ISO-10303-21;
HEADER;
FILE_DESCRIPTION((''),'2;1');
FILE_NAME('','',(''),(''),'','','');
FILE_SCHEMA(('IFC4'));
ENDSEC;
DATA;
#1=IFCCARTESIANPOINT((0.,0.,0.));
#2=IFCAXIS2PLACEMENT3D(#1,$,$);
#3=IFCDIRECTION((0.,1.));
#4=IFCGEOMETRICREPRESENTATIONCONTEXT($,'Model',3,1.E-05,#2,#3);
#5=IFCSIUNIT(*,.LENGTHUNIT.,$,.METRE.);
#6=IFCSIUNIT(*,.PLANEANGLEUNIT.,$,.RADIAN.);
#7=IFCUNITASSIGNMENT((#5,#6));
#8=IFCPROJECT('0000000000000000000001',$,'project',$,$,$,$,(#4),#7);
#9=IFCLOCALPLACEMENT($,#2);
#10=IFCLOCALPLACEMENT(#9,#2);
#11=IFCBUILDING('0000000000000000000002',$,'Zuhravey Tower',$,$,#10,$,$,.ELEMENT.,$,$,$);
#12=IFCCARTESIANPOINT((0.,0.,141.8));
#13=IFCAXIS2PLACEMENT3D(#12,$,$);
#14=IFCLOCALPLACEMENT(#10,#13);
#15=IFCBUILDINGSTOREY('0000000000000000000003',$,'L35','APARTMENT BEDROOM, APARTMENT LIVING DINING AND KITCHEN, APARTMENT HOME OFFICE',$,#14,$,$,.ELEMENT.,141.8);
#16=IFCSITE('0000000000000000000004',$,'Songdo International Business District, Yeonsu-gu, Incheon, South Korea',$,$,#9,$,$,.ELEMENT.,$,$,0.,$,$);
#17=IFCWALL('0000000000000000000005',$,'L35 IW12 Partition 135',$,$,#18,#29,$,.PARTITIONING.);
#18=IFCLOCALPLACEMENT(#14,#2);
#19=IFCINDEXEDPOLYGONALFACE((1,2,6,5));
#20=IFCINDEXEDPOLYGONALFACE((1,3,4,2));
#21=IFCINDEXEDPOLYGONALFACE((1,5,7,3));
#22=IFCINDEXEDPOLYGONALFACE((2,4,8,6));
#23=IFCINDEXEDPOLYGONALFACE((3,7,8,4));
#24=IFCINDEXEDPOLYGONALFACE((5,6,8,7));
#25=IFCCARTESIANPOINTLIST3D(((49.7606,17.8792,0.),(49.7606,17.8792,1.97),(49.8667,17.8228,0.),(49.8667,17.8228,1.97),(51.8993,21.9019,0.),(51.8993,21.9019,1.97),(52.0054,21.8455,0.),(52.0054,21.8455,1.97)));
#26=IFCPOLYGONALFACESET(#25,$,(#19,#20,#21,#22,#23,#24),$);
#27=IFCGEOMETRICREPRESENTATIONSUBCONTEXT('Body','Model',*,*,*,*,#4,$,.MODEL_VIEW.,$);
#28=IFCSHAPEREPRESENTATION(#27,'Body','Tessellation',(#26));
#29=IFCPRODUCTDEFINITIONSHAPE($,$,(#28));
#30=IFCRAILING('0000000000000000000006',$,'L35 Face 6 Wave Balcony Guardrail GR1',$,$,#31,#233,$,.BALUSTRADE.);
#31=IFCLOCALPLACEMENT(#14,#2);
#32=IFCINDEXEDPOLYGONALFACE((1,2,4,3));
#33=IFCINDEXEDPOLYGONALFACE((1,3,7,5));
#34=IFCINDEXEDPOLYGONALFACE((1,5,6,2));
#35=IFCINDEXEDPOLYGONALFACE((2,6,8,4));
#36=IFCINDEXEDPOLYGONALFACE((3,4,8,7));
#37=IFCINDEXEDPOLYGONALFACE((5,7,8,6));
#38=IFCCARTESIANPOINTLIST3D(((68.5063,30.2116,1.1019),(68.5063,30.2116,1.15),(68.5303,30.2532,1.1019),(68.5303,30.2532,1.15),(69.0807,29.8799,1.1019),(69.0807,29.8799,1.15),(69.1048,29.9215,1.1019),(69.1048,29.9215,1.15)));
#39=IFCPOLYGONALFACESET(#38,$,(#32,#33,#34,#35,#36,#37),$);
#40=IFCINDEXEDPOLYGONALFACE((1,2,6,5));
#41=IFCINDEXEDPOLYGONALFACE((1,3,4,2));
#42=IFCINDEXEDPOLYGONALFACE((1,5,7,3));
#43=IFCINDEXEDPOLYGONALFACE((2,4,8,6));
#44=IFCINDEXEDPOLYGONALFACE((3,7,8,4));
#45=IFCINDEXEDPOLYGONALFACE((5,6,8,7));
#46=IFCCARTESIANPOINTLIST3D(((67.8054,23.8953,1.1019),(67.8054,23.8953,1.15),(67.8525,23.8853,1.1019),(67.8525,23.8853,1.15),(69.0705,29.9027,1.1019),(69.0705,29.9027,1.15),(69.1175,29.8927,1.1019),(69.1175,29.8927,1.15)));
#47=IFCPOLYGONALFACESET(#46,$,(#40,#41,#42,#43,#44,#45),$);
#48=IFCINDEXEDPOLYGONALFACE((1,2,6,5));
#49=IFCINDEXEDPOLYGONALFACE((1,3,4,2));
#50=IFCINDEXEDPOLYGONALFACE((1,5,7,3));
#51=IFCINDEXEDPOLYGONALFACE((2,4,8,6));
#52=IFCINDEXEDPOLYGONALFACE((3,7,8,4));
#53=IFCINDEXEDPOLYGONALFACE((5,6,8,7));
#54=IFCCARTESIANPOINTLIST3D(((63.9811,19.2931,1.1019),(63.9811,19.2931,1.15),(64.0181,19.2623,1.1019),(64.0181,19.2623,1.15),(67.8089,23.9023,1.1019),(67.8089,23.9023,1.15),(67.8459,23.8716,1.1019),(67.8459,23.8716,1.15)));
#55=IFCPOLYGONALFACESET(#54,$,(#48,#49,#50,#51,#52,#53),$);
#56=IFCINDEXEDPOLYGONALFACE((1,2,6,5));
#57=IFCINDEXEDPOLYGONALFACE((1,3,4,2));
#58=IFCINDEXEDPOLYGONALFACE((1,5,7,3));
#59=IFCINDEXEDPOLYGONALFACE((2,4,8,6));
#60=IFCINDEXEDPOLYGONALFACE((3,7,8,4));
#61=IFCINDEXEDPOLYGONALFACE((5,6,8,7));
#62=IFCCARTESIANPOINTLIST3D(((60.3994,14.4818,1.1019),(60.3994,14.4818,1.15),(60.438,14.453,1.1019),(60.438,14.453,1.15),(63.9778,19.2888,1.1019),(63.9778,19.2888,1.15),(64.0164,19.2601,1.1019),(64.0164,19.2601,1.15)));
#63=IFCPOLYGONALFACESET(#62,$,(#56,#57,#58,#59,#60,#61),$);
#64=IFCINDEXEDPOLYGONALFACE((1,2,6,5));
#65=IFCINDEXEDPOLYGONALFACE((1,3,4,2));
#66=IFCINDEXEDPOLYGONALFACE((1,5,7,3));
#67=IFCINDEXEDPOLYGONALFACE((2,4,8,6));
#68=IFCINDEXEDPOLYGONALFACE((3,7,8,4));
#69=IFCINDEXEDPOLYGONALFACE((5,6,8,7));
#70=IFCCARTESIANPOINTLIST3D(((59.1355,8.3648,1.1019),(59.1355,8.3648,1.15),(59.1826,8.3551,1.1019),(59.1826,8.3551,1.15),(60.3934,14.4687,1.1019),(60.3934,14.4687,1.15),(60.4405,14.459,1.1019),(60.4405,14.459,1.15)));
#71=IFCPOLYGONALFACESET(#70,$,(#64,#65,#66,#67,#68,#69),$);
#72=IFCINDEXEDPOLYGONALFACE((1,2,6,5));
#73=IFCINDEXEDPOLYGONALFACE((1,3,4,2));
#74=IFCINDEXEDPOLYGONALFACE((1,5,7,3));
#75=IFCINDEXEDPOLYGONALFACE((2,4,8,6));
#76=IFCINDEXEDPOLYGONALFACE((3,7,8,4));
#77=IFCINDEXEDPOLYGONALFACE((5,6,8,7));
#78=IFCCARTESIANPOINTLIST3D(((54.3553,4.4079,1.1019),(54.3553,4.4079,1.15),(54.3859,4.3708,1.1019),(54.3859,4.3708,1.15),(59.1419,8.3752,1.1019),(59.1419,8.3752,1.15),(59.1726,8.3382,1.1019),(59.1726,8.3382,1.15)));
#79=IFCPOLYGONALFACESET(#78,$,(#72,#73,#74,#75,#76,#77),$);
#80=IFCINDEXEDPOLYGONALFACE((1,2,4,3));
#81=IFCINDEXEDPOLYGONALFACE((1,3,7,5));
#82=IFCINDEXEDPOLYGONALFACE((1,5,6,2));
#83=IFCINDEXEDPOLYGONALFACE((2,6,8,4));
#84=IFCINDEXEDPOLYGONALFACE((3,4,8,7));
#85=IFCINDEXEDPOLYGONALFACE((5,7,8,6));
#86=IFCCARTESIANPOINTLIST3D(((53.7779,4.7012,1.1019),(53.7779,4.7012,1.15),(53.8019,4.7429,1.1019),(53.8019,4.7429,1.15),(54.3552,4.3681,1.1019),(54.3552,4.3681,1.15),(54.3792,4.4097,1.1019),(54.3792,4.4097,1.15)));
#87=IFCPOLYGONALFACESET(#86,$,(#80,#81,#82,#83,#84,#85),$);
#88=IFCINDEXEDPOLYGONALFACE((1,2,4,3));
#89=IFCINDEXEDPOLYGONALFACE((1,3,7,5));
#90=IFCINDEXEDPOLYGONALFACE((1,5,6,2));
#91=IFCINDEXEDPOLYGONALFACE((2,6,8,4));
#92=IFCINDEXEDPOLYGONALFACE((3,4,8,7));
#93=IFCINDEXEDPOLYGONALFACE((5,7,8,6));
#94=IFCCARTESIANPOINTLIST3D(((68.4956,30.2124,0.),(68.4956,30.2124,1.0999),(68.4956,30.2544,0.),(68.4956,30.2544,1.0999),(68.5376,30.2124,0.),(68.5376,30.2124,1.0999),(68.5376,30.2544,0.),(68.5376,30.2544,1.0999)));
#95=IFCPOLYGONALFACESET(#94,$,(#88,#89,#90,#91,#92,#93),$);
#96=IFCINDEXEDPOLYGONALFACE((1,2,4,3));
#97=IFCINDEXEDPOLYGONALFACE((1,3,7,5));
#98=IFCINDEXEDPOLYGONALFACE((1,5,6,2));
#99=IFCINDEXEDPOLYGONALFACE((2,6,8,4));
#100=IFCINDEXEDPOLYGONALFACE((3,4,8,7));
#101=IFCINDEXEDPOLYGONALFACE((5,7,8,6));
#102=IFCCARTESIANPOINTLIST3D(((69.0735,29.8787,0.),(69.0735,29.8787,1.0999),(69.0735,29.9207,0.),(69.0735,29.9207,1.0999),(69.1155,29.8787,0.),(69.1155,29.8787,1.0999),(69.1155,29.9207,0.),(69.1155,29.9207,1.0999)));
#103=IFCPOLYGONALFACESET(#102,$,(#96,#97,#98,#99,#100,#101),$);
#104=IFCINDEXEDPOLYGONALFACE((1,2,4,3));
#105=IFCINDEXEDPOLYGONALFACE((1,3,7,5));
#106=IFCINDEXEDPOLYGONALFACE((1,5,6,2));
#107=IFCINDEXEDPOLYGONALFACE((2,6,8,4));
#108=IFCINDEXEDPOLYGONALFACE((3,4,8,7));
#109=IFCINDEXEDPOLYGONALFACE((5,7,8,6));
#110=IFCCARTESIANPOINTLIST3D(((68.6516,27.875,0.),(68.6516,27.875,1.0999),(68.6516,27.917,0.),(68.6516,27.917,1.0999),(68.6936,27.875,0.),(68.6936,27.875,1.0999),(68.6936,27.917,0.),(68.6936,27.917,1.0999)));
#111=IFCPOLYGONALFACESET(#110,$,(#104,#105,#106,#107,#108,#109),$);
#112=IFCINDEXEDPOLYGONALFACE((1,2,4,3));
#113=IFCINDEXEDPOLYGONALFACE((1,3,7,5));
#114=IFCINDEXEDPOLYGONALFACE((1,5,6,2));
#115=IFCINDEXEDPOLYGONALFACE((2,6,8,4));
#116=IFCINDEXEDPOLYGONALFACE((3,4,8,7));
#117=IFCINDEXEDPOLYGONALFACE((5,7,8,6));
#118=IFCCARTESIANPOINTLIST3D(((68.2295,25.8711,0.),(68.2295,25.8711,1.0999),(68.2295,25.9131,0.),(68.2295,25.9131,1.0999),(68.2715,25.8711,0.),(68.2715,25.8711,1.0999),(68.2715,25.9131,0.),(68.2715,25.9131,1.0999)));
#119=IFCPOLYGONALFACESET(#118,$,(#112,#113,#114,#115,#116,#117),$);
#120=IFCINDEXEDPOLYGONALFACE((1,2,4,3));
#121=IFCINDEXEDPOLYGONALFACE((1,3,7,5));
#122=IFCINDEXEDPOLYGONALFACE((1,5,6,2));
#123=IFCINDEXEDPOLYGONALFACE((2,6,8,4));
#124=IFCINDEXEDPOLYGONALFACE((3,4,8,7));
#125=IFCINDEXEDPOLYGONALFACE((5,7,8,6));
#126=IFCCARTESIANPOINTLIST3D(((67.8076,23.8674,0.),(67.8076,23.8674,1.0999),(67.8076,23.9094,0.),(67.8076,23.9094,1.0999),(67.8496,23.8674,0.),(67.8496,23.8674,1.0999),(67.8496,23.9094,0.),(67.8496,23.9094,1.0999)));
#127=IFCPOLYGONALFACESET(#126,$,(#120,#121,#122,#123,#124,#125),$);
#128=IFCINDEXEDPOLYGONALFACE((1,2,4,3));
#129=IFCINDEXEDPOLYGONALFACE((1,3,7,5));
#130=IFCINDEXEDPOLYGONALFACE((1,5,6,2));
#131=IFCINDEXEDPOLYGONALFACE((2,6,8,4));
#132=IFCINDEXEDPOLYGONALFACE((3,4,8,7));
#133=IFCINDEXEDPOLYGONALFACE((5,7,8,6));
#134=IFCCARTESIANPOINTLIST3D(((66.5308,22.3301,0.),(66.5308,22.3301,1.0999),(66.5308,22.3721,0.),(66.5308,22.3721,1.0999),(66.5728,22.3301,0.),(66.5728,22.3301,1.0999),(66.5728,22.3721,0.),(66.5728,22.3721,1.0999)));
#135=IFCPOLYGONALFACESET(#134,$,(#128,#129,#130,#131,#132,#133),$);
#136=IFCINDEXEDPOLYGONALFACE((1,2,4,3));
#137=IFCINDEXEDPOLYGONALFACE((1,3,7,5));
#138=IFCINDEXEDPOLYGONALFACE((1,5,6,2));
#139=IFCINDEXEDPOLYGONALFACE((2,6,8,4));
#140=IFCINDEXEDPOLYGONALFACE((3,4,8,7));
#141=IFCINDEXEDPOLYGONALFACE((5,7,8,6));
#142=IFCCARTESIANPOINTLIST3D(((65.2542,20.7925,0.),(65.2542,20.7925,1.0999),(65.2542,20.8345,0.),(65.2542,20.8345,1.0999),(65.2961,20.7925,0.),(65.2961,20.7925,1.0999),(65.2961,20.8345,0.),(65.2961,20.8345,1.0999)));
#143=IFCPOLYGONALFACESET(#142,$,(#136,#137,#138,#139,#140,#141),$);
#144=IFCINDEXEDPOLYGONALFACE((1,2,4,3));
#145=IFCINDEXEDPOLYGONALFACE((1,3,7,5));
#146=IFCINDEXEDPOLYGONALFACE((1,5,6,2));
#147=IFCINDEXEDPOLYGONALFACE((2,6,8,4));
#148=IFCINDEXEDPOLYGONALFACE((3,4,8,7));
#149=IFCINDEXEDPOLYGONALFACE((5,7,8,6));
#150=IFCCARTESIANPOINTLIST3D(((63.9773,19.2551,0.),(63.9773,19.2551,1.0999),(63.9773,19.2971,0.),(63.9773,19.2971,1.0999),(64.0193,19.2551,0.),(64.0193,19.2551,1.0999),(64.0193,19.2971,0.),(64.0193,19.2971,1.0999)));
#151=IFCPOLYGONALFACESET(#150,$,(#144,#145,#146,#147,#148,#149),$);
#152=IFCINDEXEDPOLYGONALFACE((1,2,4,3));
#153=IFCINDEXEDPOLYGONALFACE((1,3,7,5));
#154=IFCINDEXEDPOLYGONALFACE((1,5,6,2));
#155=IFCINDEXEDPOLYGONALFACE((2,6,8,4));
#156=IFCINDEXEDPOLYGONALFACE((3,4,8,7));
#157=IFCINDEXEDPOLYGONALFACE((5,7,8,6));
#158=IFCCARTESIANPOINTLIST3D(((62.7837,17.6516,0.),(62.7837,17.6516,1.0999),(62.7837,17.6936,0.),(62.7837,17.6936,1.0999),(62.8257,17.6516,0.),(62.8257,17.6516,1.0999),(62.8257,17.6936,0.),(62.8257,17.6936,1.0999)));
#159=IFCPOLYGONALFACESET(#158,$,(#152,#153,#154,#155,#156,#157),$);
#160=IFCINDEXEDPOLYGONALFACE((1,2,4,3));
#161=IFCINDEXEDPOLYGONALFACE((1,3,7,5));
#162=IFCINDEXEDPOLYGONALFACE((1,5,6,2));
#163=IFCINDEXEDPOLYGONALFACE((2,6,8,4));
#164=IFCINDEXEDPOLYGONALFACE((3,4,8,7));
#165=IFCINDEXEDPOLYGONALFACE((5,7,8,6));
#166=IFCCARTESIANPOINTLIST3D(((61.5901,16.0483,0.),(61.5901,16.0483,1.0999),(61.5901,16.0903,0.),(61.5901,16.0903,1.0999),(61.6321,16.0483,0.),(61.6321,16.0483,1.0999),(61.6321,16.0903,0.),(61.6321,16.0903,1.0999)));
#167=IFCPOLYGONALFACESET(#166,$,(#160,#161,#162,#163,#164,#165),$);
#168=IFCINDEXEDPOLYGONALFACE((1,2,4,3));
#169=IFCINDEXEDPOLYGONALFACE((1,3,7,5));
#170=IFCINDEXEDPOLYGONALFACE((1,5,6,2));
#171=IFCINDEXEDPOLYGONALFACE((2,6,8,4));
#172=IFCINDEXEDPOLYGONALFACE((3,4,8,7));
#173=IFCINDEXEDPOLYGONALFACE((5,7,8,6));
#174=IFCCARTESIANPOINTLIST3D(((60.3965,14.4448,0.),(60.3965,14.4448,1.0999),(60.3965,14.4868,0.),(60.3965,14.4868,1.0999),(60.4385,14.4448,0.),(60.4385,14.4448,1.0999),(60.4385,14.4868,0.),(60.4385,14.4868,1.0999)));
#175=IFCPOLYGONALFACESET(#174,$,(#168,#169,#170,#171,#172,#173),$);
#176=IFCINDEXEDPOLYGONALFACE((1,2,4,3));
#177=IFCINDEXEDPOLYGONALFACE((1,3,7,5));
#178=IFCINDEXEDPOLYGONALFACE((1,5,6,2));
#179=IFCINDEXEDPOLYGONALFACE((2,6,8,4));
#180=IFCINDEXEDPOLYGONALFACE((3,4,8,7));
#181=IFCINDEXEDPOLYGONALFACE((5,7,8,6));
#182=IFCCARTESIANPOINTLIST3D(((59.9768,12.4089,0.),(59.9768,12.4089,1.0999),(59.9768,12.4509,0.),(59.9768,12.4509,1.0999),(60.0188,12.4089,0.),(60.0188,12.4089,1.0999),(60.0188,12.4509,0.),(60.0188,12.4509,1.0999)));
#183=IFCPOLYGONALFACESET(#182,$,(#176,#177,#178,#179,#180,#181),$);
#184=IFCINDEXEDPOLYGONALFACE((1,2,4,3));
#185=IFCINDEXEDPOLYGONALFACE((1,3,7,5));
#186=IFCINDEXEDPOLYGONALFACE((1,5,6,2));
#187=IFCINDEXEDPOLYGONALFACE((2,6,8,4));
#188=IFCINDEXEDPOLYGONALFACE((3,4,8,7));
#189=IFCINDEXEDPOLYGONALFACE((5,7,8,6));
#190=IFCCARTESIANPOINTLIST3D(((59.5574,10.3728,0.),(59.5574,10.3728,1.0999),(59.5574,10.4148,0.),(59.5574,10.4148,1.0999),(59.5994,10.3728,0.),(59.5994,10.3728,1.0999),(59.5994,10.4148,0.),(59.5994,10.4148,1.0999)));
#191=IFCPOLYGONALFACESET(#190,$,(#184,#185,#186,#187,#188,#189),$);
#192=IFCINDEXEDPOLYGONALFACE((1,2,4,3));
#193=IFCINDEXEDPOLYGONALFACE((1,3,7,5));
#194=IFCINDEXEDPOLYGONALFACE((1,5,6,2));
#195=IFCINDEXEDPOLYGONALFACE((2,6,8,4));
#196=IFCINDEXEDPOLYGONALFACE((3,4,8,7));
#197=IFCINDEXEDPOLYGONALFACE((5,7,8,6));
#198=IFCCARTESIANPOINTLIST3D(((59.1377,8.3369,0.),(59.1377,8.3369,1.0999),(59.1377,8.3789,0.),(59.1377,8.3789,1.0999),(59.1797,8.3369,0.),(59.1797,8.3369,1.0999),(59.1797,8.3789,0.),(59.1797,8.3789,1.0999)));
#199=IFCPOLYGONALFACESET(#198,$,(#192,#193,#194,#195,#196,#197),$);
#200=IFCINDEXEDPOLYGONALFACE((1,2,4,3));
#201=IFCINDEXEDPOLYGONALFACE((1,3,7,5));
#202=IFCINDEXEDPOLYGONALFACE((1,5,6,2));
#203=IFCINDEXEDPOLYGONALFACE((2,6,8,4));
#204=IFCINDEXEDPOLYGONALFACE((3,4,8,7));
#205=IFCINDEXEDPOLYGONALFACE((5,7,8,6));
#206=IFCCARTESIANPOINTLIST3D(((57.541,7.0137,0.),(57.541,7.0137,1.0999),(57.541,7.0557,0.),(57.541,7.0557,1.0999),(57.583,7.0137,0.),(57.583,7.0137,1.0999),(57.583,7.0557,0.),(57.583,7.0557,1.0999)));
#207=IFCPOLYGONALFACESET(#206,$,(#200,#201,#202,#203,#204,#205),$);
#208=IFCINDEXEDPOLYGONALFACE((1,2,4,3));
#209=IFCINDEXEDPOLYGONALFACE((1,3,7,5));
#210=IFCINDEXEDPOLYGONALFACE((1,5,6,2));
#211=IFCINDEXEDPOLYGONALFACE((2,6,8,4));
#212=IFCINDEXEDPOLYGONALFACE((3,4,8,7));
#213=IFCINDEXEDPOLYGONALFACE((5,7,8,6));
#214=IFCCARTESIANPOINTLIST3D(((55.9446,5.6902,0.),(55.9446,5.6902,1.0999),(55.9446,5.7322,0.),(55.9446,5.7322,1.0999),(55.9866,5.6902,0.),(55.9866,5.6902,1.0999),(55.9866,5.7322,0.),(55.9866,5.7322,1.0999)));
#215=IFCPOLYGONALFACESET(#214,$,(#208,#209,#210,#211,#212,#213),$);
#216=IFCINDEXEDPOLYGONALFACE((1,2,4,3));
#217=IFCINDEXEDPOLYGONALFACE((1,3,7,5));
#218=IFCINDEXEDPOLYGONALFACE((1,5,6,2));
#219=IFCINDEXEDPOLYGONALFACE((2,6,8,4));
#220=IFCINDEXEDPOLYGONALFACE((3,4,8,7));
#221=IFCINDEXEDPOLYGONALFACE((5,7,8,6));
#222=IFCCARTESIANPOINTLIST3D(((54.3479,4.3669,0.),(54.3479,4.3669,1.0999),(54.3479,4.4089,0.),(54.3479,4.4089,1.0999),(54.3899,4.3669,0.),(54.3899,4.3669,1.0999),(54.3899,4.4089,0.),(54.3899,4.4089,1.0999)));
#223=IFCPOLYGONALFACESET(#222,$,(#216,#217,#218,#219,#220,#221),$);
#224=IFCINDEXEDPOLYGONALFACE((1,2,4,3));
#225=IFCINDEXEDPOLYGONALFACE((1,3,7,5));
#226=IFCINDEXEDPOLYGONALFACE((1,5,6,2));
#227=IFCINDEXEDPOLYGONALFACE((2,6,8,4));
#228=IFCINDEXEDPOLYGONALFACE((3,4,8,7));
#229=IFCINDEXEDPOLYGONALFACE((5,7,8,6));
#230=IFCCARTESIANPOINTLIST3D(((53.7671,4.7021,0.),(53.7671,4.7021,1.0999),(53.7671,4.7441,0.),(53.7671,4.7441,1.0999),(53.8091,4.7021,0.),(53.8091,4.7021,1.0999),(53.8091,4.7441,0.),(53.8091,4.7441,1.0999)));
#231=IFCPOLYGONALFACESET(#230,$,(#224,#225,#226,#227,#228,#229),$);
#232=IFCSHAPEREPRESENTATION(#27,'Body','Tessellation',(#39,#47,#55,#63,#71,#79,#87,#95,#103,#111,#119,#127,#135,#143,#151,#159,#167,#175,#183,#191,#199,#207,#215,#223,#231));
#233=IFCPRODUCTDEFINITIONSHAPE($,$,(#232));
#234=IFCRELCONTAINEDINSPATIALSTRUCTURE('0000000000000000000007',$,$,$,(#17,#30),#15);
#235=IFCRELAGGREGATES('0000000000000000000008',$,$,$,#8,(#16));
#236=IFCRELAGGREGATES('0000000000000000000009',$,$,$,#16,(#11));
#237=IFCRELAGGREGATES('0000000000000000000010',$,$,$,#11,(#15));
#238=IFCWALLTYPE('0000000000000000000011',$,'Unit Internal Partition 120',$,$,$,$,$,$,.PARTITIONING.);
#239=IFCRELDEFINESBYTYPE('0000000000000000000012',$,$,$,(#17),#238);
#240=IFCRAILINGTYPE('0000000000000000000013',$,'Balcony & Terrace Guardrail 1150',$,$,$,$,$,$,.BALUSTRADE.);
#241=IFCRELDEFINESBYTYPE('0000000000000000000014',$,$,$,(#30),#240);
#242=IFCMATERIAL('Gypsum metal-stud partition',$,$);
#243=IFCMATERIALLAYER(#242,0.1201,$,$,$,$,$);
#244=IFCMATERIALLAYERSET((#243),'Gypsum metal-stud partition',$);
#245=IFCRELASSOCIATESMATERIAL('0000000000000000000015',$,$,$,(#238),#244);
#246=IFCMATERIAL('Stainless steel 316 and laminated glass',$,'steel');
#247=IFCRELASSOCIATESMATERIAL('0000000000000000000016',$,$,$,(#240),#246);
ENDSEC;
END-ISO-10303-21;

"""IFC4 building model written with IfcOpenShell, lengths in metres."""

from ifc_helpers import new_model, si_unit, direction, frame, frame_2d, origin, origin_2d, place, context, subcontext, project, spatial, rectangle, extrude, material, layer, layer_set, type_object, element, save


model = new_model("IFC4")

# Units and contexts
model_context = context("Model", 3, precision=1e-05, world=origin(), true_north=direction((0.0, 1.0)))
body_context = subcontext(model_context, "Body", "Model", "MODEL_VIEW")
ifc_project = project(units=[si_unit("LENGTHUNIT", "METRE"), si_unit("PLANEANGLEUNIT", "RADIAN")], contexts=[model_context])

# Site, building, storey
site_placement = place(None, origin())
site = spatial("IfcSite", under=ifc_project, at=site_placement, Name="Songdo International Business District, Yeonsu-gu, Incheon, South Korea", CompositionType="ELEMENT", RefElevation=0.0)
building_placement = place(site_placement, origin())
building = spatial("IfcBuilding", under=site, at=building_placement, Name="Zuhravey Tower", CompositionType="ELEMENT")
storey_placement = place(building_placement, frame((0.0, 0.0, 141.8)))
storey = spatial("IfcBuildingStorey", under=building, at=storey_placement, Name="L35", Description="APARTMENT BEDROOM, APARTMENT LIVING DINING AND KITCHEN, APARTMENT HOME OFFICE", CompositionType="ELEMENT", Elevation=141.8)

# Shared definitions
ifc_material_1 = material(Name="Gypsum metal-stud partition")
ifc_layer_1 = layer(ifc_material_1, 0.1201)
ifc_layer_set_1 = layer_set([ifc_layer_1], Name="Gypsum metal-stud partition")
wall_type_1 = type_object("IfcWallType", Name="Unit Internal Partition 120", PredefinedType="PARTITIONING", material=ifc_layer_set_1)

# Wall
wall_1_placement = place(storey_placement, frame((49.8137, 17.8511, 0.0), z_axis=(0.0, 0.0, 1.0), x_axis=(0.469431, 0.882969, 0.0)))
element("IfcWall", 1, at=wall_1_placement, inside=storey, type_object=wall_type_1, Name="L35 IW12 Partition 135", PredefinedType="PARTITIONING", context=body_context, shape_type="SweptSolid", body=[
    extrude(rectangle(XDim=4.5559, YDim=0.1201, at=frame_2d((2.2778, 0.0))), origin(), (0.0, 0.0, 1.0), 1.97),
])

# Railing
ifc_material_2 = material(Name="Stainless steel 316 and laminated glass", Category="steel")
railing_type = type_object("IfcRailingType", Name="Balcony & Terrace Guardrail 1150", PredefinedType="BALUSTRADE", material=ifc_material_2)
railing_placement = place(storey_placement, frame((68.5166, 30.2334, 0.0)))
element("IfcRailing", 2, at=railing_placement, inside=storey, type_object=railing_type, Name="L35 Face 6 Wave Balcony Guardrail GR1", PredefinedType="BALUSTRADE", context=body_context, shape_type="SweptSolid", body=[
    extrude(rectangle(XDim=0.0481, YDim=0.0481, at=origin_2d()), frame((0.0017, -0.001, 1.126), z_axis=(0.86596, -0.500113, 0.0), x_axis=(0.500113, 0.86596, 0.0)), (0.0, 0.0, 1.0), 0.6633),
    extrude(rectangle(XDim=0.0481, YDim=0.0481, at=origin_2d()), frame((0.5774, -0.3357, 1.126), z_axis=(-0.206065, -0.978538, 0.0), x_axis=(0.978538, -0.206065, 0.0)), (0.0, 0.0, 1.0), 6.1392),
    extrude(rectangle(XDim=0.0481, YDim=0.0481, at=origin_2d()), frame((-0.6892, -6.3464, 1.126), z_axis=(-0.638878, -0.769308, 0.0), x_axis=(0.769308, -0.638878, 0.0)), (0.0, 0.0, 1.0), 5.9915),
    extrude(rectangle(XDim=0.0481, YDim=0.0481, at=origin_2d()), frame((-4.5195, -10.959, 1.126), z_axis=(-0.597123, -0.802149, 0.0), x_axis=(0.802149, -0.597123, 0.0)), (0.0, 0.0, 1.0), 5.9927),
    extrude(rectangle(XDim=0.0481, YDim=0.0481, at=origin_2d()), frame((-8.0996, -15.7695, 1.126), z_axis=(-0.20185, -0.979417, 0.0), x_axis=(0.979417, -0.20185, 0.0)), (0.0, 0.0, 1.0), 6.2322),
    extrude(rectangle(XDim=0.0481, YDim=0.0481, at=origin_2d()), frame((-9.3594, -21.8767, 1.126), z_axis=(-0.76992, -0.63814, 0.0), x_axis=(0.63814, -0.76992, 0.0)), (0.0, 0.0, 1.0), 6.217),
    extrude(rectangle(XDim=0.0481, YDim=0.0481, at=origin_2d()), frame((-14.1494, -25.8445, 1.126), z_axis=(-0.866107, 0.499859, 0.0), x_axis=(-0.499859, -0.866107, 0.0)), (0.0, 0.0, 1.0), 0.6665),
    extrude(rectangle(XDim=0.042, YDim=0.042, at=origin_2d()), origin(), (0.0, 0.0, 1.0), 1.0999),
    extrude(rectangle(XDim=0.042, YDim=0.042, at=origin_2d()), frame((0.5779, -0.3337, 0.0)), (0.0, 0.0, 1.0), 1.0999),
    extrude(rectangle(XDim=0.042, YDim=0.042, at=origin_2d()), frame((0.156, -2.3374, 0.0)), (0.0, 0.0, 1.0), 1.0999),
    extrude(rectangle(XDim=0.042, YDim=0.042, at=origin_2d()), frame((-0.2661, -4.3413, 0.0)), (0.0, 0.0, 1.0), 1.0999),
    extrude(rectangle(XDim=0.042, YDim=0.042, at=origin_2d()), frame((-0.688, -6.345, 0.0)), (0.0, 0.0, 1.0), 1.0999),
    extrude(rectangle(XDim=0.042, YDim=0.042, at=origin_2d()), frame((-1.9648, -7.8823, 0.0)), (0.0, 0.0, 1.0), 1.0999),
    extrude(rectangle(XDim=0.042, YDim=0.042, at=origin_2d()), frame((-3.2415, -9.4199, 0.0)), (0.0, 0.0, 1.0), 1.0999),
    extrude(rectangle(XDim=0.042, YDim=0.042, at=origin_2d()), frame((-4.5183, -10.9573, 0.0)), (0.0, 0.0, 1.0), 1.0999),
    extrude(rectangle(XDim=0.042, YDim=0.042, at=origin_2d()), frame((-5.7119, -12.5608, 0.0)), (0.0, 0.0, 1.0), 1.0999),
    extrude(rectangle(XDim=0.042, YDim=0.042, at=origin_2d()), frame((-6.9055, -14.1641, 0.0)), (0.0, 0.0, 1.0), 1.0999),
    extrude(rectangle(XDim=0.042, YDim=0.042, at=origin_2d()), frame((-8.0991, -15.7676, 0.0)), (0.0, 0.0, 1.0), 1.0999),
    extrude(rectangle(XDim=0.042, YDim=0.042, at=origin_2d()), frame((-8.5188, -17.8035, 0.0)), (0.0, 0.0, 1.0), 1.0999),
    extrude(rectangle(XDim=0.042, YDim=0.042, at=origin_2d()), frame((-8.9382, -19.8396, 0.0)), (0.0, 0.0, 1.0), 1.0999),
    extrude(rectangle(XDim=0.042, YDim=0.042, at=origin_2d()), frame((-9.3579, -21.8755, 0.0)), (0.0, 0.0, 1.0), 1.0999),
    extrude(rectangle(XDim=0.042, YDim=0.042, at=origin_2d()), frame((-10.9546, -23.1987, 0.0)), (0.0, 0.0, 1.0), 1.0999),
    extrude(rectangle(XDim=0.042, YDim=0.042, at=origin_2d()), frame((-12.551, -24.5222, 0.0)), (0.0, 0.0, 1.0), 1.0999),
    extrude(rectangle(XDim=0.042, YDim=0.042, at=origin_2d()), frame((-14.1477, -25.8455, 0.0)), (0.0, 0.0, 1.0), 1.0999),
    extrude(rectangle(XDim=0.042, YDim=0.042, at=origin_2d()), frame((-14.7285, -25.5103, 0.0)), (0.0, 0.0, 1.0), 1.0999),
])

save(model, "model.ifc")
